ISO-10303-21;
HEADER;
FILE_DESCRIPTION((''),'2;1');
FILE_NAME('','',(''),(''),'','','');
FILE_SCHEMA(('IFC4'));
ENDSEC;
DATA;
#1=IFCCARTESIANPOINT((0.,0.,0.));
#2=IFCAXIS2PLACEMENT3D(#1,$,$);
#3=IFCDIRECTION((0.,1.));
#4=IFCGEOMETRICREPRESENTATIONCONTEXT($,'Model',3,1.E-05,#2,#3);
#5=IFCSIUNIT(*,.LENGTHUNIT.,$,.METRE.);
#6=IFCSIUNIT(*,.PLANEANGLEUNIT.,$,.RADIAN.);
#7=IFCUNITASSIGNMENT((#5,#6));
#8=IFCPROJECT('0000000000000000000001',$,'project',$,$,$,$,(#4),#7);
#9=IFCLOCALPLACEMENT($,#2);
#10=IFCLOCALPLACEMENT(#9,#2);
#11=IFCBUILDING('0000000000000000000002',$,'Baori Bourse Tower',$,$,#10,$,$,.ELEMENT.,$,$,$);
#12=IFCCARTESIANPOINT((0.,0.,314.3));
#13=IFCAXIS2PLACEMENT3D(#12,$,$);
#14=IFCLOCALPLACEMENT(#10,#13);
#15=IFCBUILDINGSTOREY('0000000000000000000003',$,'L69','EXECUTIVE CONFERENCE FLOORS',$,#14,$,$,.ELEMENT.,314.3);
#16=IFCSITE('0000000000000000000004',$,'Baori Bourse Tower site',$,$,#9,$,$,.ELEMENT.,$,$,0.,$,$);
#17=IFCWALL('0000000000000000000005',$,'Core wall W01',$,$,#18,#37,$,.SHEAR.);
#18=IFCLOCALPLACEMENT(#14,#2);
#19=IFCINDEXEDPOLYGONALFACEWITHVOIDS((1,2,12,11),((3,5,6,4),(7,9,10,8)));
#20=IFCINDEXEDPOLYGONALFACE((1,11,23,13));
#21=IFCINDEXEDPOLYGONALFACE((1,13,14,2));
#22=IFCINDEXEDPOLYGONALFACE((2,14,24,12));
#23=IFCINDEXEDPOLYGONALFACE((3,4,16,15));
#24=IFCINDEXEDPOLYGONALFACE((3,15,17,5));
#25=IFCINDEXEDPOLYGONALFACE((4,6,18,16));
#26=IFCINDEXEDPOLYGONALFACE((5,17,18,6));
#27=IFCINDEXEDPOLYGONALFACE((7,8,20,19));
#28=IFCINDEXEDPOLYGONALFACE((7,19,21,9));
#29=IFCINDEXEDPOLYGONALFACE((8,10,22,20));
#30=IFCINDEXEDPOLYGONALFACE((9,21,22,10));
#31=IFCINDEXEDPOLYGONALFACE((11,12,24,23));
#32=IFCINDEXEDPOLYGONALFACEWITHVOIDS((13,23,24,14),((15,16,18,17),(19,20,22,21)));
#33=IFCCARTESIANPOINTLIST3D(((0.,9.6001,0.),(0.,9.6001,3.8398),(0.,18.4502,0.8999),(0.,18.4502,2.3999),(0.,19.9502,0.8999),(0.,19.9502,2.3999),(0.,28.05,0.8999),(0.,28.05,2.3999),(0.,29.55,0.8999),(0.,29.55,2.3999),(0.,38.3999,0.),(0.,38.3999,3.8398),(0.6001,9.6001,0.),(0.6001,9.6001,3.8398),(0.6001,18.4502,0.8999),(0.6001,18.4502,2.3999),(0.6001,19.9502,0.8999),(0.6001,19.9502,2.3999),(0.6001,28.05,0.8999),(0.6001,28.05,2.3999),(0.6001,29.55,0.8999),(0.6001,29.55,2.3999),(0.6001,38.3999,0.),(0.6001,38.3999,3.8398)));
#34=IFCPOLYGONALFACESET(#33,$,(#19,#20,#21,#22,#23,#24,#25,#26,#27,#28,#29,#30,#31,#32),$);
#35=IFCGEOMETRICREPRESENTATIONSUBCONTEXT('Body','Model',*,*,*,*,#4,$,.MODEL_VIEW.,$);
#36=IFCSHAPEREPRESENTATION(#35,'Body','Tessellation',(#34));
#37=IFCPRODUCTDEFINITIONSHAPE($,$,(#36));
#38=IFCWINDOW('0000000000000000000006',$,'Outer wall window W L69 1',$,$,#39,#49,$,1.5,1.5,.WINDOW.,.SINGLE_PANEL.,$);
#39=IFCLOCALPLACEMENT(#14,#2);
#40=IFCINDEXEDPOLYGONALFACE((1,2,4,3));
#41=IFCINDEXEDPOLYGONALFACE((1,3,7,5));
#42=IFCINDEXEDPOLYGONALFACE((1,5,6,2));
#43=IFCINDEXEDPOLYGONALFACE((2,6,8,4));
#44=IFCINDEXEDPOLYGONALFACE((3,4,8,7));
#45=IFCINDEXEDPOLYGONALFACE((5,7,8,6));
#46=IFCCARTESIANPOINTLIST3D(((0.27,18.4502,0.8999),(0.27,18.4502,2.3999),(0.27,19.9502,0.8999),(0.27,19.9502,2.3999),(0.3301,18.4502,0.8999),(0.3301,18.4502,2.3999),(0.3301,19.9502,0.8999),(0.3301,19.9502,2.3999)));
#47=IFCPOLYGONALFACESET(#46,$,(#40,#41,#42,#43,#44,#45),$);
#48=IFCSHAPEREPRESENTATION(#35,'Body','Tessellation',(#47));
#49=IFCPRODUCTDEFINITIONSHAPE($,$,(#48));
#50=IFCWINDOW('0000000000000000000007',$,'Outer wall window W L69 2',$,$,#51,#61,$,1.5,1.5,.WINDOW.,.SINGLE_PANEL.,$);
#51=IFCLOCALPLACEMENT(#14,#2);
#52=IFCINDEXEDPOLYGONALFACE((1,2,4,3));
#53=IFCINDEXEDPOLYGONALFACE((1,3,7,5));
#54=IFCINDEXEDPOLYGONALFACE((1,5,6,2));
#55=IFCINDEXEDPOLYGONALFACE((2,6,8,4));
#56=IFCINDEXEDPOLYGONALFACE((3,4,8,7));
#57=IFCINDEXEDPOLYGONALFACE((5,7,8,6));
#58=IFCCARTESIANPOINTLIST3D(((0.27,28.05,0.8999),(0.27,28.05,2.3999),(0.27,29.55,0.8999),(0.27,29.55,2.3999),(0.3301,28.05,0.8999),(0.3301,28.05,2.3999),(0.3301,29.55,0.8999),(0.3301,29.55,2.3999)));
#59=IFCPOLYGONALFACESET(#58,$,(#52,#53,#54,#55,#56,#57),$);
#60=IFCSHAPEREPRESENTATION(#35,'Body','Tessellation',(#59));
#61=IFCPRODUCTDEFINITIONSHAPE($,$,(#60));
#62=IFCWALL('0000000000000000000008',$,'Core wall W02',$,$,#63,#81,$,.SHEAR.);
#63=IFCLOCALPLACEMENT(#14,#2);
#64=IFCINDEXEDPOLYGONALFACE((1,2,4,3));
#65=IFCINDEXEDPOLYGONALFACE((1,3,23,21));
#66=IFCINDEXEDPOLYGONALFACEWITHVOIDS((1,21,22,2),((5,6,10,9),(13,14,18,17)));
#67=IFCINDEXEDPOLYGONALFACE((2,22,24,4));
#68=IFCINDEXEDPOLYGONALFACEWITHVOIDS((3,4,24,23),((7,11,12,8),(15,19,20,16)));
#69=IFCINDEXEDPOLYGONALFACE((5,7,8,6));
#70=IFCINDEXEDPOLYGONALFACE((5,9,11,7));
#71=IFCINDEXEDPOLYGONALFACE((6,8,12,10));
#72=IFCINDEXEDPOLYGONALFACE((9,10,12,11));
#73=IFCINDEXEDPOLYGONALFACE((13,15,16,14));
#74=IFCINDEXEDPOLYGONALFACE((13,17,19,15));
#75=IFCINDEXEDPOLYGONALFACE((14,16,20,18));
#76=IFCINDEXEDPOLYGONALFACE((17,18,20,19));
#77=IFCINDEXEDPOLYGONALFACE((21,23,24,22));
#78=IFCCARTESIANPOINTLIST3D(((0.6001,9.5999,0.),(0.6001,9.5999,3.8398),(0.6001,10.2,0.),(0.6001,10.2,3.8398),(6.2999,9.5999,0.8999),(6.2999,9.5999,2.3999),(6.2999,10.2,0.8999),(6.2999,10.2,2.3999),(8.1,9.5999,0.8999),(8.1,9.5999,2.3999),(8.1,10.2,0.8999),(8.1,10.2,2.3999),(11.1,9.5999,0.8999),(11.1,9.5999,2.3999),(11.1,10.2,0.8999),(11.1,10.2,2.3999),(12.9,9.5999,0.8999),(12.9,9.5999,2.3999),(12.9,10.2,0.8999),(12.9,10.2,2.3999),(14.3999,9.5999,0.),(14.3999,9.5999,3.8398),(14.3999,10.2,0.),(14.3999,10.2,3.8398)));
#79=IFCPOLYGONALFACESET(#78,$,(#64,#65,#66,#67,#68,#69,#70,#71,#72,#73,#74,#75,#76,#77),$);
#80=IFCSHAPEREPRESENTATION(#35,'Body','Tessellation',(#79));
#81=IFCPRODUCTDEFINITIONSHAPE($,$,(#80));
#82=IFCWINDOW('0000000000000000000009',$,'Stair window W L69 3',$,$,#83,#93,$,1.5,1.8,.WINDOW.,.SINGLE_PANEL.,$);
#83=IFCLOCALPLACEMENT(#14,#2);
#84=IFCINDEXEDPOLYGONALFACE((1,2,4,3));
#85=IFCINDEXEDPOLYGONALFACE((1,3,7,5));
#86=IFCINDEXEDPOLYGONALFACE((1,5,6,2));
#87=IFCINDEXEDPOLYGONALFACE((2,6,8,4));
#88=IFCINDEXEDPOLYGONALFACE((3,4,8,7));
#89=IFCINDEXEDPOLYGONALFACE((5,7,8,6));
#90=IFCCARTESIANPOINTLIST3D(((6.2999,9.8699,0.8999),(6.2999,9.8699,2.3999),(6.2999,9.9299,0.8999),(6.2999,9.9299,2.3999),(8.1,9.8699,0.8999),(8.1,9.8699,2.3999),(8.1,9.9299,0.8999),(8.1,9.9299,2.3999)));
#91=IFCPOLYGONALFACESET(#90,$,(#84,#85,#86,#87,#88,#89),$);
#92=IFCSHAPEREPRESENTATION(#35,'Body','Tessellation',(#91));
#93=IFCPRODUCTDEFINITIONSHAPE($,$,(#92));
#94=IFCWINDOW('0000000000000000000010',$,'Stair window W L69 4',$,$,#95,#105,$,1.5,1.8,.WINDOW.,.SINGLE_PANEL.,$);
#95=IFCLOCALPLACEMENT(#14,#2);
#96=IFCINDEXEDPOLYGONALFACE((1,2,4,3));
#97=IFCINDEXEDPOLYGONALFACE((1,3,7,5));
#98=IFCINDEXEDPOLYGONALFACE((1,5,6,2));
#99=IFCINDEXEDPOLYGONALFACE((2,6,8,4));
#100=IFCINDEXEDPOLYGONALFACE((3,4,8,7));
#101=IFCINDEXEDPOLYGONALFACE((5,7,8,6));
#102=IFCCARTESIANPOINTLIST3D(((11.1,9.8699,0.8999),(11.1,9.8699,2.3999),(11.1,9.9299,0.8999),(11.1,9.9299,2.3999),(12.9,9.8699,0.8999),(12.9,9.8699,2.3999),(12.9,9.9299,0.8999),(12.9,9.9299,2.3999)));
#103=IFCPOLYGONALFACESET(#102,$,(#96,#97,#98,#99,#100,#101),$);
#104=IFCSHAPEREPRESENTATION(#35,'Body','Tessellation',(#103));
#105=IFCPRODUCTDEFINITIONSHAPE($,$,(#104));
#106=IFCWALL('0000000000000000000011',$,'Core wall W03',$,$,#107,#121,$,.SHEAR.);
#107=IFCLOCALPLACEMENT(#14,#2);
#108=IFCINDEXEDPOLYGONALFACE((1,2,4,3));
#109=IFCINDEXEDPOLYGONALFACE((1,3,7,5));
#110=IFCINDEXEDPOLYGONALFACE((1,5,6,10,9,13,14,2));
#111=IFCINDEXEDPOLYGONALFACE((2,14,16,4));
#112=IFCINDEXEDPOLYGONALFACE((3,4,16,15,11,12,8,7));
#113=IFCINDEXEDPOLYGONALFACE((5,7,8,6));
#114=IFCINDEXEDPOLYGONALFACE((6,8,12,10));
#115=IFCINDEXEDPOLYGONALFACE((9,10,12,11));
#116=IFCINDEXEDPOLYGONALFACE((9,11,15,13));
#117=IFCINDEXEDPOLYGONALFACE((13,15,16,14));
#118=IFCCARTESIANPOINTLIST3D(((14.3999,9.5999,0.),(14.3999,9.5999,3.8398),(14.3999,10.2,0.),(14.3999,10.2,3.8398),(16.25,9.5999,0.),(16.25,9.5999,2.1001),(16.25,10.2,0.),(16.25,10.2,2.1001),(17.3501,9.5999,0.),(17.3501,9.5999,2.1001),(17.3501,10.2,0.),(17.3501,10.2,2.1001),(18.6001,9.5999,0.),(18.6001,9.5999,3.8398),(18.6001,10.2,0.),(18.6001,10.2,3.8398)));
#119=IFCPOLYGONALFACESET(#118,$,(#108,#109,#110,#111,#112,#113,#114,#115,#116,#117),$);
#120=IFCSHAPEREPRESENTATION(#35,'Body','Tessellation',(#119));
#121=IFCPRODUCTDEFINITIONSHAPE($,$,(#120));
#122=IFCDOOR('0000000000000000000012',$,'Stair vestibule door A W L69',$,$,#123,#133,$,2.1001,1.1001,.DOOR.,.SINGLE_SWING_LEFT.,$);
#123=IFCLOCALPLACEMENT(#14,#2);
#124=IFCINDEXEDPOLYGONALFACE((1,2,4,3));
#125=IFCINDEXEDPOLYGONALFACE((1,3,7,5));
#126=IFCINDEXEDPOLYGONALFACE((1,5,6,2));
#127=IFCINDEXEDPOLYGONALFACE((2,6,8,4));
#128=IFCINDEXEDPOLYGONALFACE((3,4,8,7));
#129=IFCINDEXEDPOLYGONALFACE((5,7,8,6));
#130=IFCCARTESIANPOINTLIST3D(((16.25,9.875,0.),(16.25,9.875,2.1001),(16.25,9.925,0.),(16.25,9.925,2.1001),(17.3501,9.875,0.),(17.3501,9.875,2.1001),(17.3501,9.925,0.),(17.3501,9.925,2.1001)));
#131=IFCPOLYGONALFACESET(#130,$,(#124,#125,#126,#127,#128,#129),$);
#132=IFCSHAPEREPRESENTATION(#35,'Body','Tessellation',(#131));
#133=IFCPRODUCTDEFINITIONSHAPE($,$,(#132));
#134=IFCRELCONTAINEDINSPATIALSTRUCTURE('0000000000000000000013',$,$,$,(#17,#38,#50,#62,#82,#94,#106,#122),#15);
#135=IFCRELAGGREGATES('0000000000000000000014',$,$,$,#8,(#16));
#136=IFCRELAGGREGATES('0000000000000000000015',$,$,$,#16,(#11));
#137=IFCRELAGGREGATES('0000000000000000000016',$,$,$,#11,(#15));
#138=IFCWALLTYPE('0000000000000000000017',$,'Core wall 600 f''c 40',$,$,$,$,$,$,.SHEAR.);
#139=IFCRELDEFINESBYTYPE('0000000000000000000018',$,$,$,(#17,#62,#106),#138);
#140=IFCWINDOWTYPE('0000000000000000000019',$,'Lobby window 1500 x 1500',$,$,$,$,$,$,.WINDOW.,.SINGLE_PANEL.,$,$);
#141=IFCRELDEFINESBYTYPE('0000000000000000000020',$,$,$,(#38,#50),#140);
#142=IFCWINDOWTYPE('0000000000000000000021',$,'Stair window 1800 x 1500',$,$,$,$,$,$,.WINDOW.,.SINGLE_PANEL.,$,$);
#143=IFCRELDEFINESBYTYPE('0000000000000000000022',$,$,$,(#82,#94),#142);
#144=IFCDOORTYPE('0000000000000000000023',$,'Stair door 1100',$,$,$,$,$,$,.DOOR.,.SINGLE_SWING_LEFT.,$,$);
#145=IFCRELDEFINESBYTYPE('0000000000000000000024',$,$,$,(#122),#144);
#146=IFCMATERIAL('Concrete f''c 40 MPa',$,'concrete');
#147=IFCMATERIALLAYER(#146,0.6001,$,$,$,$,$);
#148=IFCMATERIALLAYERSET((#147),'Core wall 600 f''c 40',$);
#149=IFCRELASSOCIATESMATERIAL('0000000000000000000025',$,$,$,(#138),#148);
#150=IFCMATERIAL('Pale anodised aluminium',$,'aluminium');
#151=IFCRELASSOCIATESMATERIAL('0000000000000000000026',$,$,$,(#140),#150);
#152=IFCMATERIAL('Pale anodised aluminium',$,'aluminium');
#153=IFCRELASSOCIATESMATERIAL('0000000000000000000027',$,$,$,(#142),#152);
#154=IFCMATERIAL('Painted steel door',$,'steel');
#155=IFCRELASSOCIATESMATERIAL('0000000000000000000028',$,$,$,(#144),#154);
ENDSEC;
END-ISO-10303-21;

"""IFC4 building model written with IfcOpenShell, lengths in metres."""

from ifc_helpers import new_model, si_unit, direction, frame, frame_2d, origin, place, context, subcontext, project, spatial, rectangle, extrude, material, layer, layer_set, type_object, element, fill, save


model = new_model("IFC4")

# Units and contexts
model_context = context("Model", 3, precision=1e-05, world=origin(), true_north=direction((0.0, 1.0)))
body_context = subcontext(model_context, "Body", "Model", "MODEL_VIEW")
ifc_project = project(units=[si_unit("LENGTHUNIT", "METRE"), si_unit("PLANEANGLEUNIT", "RADIAN")], contexts=[model_context])

# Site, building, storey
site_placement = place(None, origin())
site = spatial("IfcSite", under=ifc_project, at=site_placement, Name="Baori Bourse Tower site", CompositionType="ELEMENT", RefElevation=0.0)
building_placement = place(site_placement, origin())
building = spatial("IfcBuilding", under=site, at=building_placement, Name="Baori Bourse Tower", CompositionType="ELEMENT")
storey_placement = place(building_placement, frame((0.0, 0.0, 314.3)))
storey = spatial("IfcBuildingStorey", under=building, at=storey_placement, Name="L69", Description="EXECUTIVE CONFERENCE FLOORS", CompositionType="ELEMENT", Elevation=314.3)

# Walls, openings, windows
ifc_material_1 = material(Name="Concrete f'c 40 MPa", Category="concrete")
ifc_layer_1 = layer(ifc_material_1, 0.6001)
ifc_layer_set_1 = layer_set([ifc_layer_1], Name="Core wall 600 f'c 40")
wall_type_1 = type_object("IfcWallType", Name="Core wall 600 f'c 40", PredefinedType="SHEAR", material=ifc_layer_set_1)
wall_1_placement = place(storey_placement, frame((0.3, 9.6001, 0.0), z_axis=(0.0, 0.0, 1.0), x_axis=(0.0, 1.0, 0.0)))
wall_1 = element("IfcWall", 1, at=wall_1_placement, inside=storey, type_object=wall_type_1, Name="Core wall W01", PredefinedType="SHEAR", context=body_context, shape_type="SweptSolid", body=[
    extrude(rectangle(XDim=28.7998, YDim=0.6001, at=frame_2d((14.3999, 0.0))), origin(), (0.0, 0.0, 1.0), 3.8398),
])
opening_1_placement = place(wall_1_placement, frame((8.8501, 0.0, 0.8999)))
opening_1 = element("IfcOpeningElement", 2, at=opening_1_placement, cuts=wall_1, PredefinedType="OPENING", context=body_context, shape_type="SweptSolid", body=[
    extrude(rectangle(XDim=1.5, YDim=1.5, at=frame_2d((0.75, 0.75))), frame((0.0, 0.3101, 0.0), z_axis=(0.0, -1.0, 0.0), x_axis=(1.0, 0.0, 0.0)), (0.0, 0.0, 1.0), 0.6201),
])
opening_2_placement = place(wall_1_placement, frame((18.45, 0.0, 0.8999)))
opening_2 = element("IfcOpeningElement", 3, at=opening_2_placement, cuts=wall_1, PredefinedType="OPENING", context=body_context, shape_type="SweptSolid", body=[
    extrude(rectangle(XDim=1.5, YDim=1.5, at=frame_2d((0.75, 0.75))), frame((0.0, 0.3101, 0.0), z_axis=(0.0, -1.0, 0.0), x_axis=(1.0, 0.0, 0.0)), (0.0, 0.0, 1.0), 0.6201),
])
ifc_material_2 = material(Name="Pale anodised aluminium", Category="aluminium")
window_type_1 = type_object("IfcWindowType", Name="Lobby window 1500 x 1500", PartitioningType="SINGLE_PANEL", PredefinedType="WINDOW", material=ifc_material_2)
window_1_placement = place(opening_1_placement, origin())
window_1 = element("IfcWindow", 4, at=window_1_placement, inside=storey, type_object=window_type_1, Name="Outer wall window W L69 1", OverallHeight=1.5, OverallWidth=1.5, PartitioningType="SINGLE_PANEL", PredefinedType="WINDOW", context=body_context, shape_type="SweptSolid", body=[
    extrude(rectangle(XDim=1.5, YDim=1.5, at=frame_2d((0.75, 0.75))), frame((0.0, 0.03, 0.0), z_axis=(0.0, -1.0, 0.0), x_axis=(1.0, 0.0, 0.0)), (0.0, 0.0, 1.0), 0.0601),
])
fill(opening_1, window_1)
window_2_placement = place(opening_2_placement, origin())
window_2 = element("IfcWindow", 5, at=window_2_placement, inside=storey, type_object=window_type_1, Name="Outer wall window W L69 2", OverallHeight=1.5, OverallWidth=1.5, PartitioningType="SINGLE_PANEL", PredefinedType="WINDOW", context=body_context, shape_type="SweptSolid", body=[
    extrude(rectangle(XDim=1.5, YDim=1.5, at=frame_2d((0.75, 0.75))), frame((0.0, 0.03, 0.0), z_axis=(0.0, -1.0, 0.0), x_axis=(1.0, 0.0, 0.0)), (0.0, 0.0, 1.0), 0.0601),
])
fill(opening_2, window_2)
wall_2_placement = place(storey_placement, frame((14.3999, 9.8999, 0.0), z_axis=(0.0, 0.0, 1.0), x_axis=(-1.0, 0.0, 0.0)))
wall_2 = element("IfcWall", 6, at=wall_2_placement, inside=storey, type_object=wall_type_1, Name="Core wall W02", PredefinedType="SHEAR", context=body_context, shape_type="SweptSolid", body=[
    extrude(rectangle(XDim=13.7998, YDim=0.6001, at=frame_2d((6.8999, 0.0))), origin(), (0.0, 0.0, 1.0), 3.8398),
])
opening_3_placement = place(wall_2_placement, frame((6.3, 0.0, 0.8999)))
opening_3 = element("IfcOpeningElement", 7, at=opening_3_placement, cuts=wall_2, PredefinedType="OPENING", context=body_context, shape_type="SweptSolid", body=[
    extrude(rectangle(XDim=1.8, YDim=1.5, at=frame_2d((0.8999, 0.75))), frame((0.0, 0.3101, 0.0), z_axis=(0.0, -1.0, 0.0), x_axis=(1.0, 0.0, 0.0)), (0.0, 0.0, 1.0), 0.6201),
])
opening_4_placement = place(wall_2_placement, frame((1.5, 0.0, 0.8999)))
opening_4 = element("IfcOpeningElement", 8, at=opening_4_placement, cuts=wall_2, PredefinedType="OPENING", context=body_context, shape_type="SweptSolid", body=[
    extrude(rectangle(XDim=1.8, YDim=1.5, at=frame_2d((0.8999, 0.75))), frame((0.0, 0.3101, 0.0), z_axis=(0.0, -1.0, 0.0), x_axis=(1.0, 0.0, 0.0)), (0.0, 0.0, 1.0), 0.6201),
])
ifc_material_3 = material(Name="Pale anodised aluminium", Category="aluminium")
window_type_2 = type_object("IfcWindowType", Name="Stair window 1800 x 1500", PartitioningType="SINGLE_PANEL", PredefinedType="WINDOW", material=ifc_material_3)
window_3_placement = place(opening_3_placement, origin())
window_3 = element("IfcWindow", 9, at=window_3_placement, inside=storey, type_object=window_type_2, Name="Stair window W L69 3", OverallHeight=1.5, OverallWidth=1.8, PartitioningType="SINGLE_PANEL", PredefinedType="WINDOW", context=body_context, shape_type="SweptSolid", body=[
    extrude(rectangle(XDim=1.8, YDim=1.5, at=frame_2d((0.8999, 0.75))), frame((0.0, 0.03, 0.0), z_axis=(0.0, -1.0, 0.0), x_axis=(1.0, 0.0, 0.0)), (0.0, 0.0, 1.0), 0.0601),
])
fill(opening_3, window_3)
window_4_placement = place(opening_4_placement, origin())
window_4 = element("IfcWindow", 10, at=window_4_placement, inside=storey, type_object=window_type_2, Name="Stair window W L69 4", OverallHeight=1.5, OverallWidth=1.8, PartitioningType="SINGLE_PANEL", PredefinedType="WINDOW", context=body_context, shape_type="SweptSolid", body=[
    extrude(rectangle(XDim=1.8, YDim=1.5, at=frame_2d((0.8999, 0.75))), frame((0.0, 0.03, 0.0), z_axis=(0.0, -1.0, 0.0), x_axis=(1.0, 0.0, 0.0)), (0.0, 0.0, 1.0), 0.0601),
])
fill(opening_4, window_4)

# Wall, opening, door
wall_3_placement = place(storey_placement, frame((18.6001, 9.8999, 0.0), z_axis=(0.0, 0.0, 1.0), x_axis=(-1.0, 0.0, 0.0)))
wall_3 = element("IfcWall", 11, at=wall_3_placement, inside=storey, type_object=wall_type_1, Name="Core wall W03", PredefinedType="SHEAR", context=body_context, shape_type="SweptSolid", body=[
    extrude(rectangle(XDim=4.2002, YDim=0.6001, at=frame_2d((2.1001, 0.0))), origin(), (0.0, 0.0, 1.0), 3.8398),
])
opening_5_placement = place(wall_3_placement, frame((1.25, 0.0, 0.0)))
opening_5 = element("IfcOpeningElement", 12, at=opening_5_placement, cuts=wall_3, PredefinedType="OPENING", context=body_context, shape_type="SweptSolid", body=[
    extrude(rectangle(XDim=1.1001, YDim=2.1001, at=frame_2d((0.55, 1.05))), frame((0.0, 0.3101, 0.0), z_axis=(0.0, -1.0, 0.0), x_axis=(1.0, 0.0, 0.0)), (0.0, 0.0, 1.0), 0.6201),
])
ifc_material_4 = material(Name="Painted steel door", Category="steel")
door_type_1 = type_object("IfcDoorType", Name="Stair door 1100", OperationType="SINGLE_SWING_LEFT", PredefinedType="DOOR", material=ifc_material_4)
door_1_placement = place(opening_5_placement, origin())
door_1 = element("IfcDoor", 13, at=door_1_placement, inside=storey, type_object=door_type_1, Name="Stair vestibule door A W L69", OperationType="SINGLE_SWING_LEFT", OverallHeight=2.1001, OverallWidth=1.1001, PredefinedType="DOOR", context=body_context, shape_type="SweptSolid", body=[
    extrude(rectangle(XDim=1.1001, YDim=2.1001, at=frame_2d((0.55, 1.05))), frame((0.0, 0.0249, 0.0), z_axis=(0.0, -1.0, 0.0), x_axis=(1.0, 0.0, 0.0)), (0.0, 0.0, 1.0), 0.05),
])
fill(opening_5, door_1)

save(model, "model.ifc")
